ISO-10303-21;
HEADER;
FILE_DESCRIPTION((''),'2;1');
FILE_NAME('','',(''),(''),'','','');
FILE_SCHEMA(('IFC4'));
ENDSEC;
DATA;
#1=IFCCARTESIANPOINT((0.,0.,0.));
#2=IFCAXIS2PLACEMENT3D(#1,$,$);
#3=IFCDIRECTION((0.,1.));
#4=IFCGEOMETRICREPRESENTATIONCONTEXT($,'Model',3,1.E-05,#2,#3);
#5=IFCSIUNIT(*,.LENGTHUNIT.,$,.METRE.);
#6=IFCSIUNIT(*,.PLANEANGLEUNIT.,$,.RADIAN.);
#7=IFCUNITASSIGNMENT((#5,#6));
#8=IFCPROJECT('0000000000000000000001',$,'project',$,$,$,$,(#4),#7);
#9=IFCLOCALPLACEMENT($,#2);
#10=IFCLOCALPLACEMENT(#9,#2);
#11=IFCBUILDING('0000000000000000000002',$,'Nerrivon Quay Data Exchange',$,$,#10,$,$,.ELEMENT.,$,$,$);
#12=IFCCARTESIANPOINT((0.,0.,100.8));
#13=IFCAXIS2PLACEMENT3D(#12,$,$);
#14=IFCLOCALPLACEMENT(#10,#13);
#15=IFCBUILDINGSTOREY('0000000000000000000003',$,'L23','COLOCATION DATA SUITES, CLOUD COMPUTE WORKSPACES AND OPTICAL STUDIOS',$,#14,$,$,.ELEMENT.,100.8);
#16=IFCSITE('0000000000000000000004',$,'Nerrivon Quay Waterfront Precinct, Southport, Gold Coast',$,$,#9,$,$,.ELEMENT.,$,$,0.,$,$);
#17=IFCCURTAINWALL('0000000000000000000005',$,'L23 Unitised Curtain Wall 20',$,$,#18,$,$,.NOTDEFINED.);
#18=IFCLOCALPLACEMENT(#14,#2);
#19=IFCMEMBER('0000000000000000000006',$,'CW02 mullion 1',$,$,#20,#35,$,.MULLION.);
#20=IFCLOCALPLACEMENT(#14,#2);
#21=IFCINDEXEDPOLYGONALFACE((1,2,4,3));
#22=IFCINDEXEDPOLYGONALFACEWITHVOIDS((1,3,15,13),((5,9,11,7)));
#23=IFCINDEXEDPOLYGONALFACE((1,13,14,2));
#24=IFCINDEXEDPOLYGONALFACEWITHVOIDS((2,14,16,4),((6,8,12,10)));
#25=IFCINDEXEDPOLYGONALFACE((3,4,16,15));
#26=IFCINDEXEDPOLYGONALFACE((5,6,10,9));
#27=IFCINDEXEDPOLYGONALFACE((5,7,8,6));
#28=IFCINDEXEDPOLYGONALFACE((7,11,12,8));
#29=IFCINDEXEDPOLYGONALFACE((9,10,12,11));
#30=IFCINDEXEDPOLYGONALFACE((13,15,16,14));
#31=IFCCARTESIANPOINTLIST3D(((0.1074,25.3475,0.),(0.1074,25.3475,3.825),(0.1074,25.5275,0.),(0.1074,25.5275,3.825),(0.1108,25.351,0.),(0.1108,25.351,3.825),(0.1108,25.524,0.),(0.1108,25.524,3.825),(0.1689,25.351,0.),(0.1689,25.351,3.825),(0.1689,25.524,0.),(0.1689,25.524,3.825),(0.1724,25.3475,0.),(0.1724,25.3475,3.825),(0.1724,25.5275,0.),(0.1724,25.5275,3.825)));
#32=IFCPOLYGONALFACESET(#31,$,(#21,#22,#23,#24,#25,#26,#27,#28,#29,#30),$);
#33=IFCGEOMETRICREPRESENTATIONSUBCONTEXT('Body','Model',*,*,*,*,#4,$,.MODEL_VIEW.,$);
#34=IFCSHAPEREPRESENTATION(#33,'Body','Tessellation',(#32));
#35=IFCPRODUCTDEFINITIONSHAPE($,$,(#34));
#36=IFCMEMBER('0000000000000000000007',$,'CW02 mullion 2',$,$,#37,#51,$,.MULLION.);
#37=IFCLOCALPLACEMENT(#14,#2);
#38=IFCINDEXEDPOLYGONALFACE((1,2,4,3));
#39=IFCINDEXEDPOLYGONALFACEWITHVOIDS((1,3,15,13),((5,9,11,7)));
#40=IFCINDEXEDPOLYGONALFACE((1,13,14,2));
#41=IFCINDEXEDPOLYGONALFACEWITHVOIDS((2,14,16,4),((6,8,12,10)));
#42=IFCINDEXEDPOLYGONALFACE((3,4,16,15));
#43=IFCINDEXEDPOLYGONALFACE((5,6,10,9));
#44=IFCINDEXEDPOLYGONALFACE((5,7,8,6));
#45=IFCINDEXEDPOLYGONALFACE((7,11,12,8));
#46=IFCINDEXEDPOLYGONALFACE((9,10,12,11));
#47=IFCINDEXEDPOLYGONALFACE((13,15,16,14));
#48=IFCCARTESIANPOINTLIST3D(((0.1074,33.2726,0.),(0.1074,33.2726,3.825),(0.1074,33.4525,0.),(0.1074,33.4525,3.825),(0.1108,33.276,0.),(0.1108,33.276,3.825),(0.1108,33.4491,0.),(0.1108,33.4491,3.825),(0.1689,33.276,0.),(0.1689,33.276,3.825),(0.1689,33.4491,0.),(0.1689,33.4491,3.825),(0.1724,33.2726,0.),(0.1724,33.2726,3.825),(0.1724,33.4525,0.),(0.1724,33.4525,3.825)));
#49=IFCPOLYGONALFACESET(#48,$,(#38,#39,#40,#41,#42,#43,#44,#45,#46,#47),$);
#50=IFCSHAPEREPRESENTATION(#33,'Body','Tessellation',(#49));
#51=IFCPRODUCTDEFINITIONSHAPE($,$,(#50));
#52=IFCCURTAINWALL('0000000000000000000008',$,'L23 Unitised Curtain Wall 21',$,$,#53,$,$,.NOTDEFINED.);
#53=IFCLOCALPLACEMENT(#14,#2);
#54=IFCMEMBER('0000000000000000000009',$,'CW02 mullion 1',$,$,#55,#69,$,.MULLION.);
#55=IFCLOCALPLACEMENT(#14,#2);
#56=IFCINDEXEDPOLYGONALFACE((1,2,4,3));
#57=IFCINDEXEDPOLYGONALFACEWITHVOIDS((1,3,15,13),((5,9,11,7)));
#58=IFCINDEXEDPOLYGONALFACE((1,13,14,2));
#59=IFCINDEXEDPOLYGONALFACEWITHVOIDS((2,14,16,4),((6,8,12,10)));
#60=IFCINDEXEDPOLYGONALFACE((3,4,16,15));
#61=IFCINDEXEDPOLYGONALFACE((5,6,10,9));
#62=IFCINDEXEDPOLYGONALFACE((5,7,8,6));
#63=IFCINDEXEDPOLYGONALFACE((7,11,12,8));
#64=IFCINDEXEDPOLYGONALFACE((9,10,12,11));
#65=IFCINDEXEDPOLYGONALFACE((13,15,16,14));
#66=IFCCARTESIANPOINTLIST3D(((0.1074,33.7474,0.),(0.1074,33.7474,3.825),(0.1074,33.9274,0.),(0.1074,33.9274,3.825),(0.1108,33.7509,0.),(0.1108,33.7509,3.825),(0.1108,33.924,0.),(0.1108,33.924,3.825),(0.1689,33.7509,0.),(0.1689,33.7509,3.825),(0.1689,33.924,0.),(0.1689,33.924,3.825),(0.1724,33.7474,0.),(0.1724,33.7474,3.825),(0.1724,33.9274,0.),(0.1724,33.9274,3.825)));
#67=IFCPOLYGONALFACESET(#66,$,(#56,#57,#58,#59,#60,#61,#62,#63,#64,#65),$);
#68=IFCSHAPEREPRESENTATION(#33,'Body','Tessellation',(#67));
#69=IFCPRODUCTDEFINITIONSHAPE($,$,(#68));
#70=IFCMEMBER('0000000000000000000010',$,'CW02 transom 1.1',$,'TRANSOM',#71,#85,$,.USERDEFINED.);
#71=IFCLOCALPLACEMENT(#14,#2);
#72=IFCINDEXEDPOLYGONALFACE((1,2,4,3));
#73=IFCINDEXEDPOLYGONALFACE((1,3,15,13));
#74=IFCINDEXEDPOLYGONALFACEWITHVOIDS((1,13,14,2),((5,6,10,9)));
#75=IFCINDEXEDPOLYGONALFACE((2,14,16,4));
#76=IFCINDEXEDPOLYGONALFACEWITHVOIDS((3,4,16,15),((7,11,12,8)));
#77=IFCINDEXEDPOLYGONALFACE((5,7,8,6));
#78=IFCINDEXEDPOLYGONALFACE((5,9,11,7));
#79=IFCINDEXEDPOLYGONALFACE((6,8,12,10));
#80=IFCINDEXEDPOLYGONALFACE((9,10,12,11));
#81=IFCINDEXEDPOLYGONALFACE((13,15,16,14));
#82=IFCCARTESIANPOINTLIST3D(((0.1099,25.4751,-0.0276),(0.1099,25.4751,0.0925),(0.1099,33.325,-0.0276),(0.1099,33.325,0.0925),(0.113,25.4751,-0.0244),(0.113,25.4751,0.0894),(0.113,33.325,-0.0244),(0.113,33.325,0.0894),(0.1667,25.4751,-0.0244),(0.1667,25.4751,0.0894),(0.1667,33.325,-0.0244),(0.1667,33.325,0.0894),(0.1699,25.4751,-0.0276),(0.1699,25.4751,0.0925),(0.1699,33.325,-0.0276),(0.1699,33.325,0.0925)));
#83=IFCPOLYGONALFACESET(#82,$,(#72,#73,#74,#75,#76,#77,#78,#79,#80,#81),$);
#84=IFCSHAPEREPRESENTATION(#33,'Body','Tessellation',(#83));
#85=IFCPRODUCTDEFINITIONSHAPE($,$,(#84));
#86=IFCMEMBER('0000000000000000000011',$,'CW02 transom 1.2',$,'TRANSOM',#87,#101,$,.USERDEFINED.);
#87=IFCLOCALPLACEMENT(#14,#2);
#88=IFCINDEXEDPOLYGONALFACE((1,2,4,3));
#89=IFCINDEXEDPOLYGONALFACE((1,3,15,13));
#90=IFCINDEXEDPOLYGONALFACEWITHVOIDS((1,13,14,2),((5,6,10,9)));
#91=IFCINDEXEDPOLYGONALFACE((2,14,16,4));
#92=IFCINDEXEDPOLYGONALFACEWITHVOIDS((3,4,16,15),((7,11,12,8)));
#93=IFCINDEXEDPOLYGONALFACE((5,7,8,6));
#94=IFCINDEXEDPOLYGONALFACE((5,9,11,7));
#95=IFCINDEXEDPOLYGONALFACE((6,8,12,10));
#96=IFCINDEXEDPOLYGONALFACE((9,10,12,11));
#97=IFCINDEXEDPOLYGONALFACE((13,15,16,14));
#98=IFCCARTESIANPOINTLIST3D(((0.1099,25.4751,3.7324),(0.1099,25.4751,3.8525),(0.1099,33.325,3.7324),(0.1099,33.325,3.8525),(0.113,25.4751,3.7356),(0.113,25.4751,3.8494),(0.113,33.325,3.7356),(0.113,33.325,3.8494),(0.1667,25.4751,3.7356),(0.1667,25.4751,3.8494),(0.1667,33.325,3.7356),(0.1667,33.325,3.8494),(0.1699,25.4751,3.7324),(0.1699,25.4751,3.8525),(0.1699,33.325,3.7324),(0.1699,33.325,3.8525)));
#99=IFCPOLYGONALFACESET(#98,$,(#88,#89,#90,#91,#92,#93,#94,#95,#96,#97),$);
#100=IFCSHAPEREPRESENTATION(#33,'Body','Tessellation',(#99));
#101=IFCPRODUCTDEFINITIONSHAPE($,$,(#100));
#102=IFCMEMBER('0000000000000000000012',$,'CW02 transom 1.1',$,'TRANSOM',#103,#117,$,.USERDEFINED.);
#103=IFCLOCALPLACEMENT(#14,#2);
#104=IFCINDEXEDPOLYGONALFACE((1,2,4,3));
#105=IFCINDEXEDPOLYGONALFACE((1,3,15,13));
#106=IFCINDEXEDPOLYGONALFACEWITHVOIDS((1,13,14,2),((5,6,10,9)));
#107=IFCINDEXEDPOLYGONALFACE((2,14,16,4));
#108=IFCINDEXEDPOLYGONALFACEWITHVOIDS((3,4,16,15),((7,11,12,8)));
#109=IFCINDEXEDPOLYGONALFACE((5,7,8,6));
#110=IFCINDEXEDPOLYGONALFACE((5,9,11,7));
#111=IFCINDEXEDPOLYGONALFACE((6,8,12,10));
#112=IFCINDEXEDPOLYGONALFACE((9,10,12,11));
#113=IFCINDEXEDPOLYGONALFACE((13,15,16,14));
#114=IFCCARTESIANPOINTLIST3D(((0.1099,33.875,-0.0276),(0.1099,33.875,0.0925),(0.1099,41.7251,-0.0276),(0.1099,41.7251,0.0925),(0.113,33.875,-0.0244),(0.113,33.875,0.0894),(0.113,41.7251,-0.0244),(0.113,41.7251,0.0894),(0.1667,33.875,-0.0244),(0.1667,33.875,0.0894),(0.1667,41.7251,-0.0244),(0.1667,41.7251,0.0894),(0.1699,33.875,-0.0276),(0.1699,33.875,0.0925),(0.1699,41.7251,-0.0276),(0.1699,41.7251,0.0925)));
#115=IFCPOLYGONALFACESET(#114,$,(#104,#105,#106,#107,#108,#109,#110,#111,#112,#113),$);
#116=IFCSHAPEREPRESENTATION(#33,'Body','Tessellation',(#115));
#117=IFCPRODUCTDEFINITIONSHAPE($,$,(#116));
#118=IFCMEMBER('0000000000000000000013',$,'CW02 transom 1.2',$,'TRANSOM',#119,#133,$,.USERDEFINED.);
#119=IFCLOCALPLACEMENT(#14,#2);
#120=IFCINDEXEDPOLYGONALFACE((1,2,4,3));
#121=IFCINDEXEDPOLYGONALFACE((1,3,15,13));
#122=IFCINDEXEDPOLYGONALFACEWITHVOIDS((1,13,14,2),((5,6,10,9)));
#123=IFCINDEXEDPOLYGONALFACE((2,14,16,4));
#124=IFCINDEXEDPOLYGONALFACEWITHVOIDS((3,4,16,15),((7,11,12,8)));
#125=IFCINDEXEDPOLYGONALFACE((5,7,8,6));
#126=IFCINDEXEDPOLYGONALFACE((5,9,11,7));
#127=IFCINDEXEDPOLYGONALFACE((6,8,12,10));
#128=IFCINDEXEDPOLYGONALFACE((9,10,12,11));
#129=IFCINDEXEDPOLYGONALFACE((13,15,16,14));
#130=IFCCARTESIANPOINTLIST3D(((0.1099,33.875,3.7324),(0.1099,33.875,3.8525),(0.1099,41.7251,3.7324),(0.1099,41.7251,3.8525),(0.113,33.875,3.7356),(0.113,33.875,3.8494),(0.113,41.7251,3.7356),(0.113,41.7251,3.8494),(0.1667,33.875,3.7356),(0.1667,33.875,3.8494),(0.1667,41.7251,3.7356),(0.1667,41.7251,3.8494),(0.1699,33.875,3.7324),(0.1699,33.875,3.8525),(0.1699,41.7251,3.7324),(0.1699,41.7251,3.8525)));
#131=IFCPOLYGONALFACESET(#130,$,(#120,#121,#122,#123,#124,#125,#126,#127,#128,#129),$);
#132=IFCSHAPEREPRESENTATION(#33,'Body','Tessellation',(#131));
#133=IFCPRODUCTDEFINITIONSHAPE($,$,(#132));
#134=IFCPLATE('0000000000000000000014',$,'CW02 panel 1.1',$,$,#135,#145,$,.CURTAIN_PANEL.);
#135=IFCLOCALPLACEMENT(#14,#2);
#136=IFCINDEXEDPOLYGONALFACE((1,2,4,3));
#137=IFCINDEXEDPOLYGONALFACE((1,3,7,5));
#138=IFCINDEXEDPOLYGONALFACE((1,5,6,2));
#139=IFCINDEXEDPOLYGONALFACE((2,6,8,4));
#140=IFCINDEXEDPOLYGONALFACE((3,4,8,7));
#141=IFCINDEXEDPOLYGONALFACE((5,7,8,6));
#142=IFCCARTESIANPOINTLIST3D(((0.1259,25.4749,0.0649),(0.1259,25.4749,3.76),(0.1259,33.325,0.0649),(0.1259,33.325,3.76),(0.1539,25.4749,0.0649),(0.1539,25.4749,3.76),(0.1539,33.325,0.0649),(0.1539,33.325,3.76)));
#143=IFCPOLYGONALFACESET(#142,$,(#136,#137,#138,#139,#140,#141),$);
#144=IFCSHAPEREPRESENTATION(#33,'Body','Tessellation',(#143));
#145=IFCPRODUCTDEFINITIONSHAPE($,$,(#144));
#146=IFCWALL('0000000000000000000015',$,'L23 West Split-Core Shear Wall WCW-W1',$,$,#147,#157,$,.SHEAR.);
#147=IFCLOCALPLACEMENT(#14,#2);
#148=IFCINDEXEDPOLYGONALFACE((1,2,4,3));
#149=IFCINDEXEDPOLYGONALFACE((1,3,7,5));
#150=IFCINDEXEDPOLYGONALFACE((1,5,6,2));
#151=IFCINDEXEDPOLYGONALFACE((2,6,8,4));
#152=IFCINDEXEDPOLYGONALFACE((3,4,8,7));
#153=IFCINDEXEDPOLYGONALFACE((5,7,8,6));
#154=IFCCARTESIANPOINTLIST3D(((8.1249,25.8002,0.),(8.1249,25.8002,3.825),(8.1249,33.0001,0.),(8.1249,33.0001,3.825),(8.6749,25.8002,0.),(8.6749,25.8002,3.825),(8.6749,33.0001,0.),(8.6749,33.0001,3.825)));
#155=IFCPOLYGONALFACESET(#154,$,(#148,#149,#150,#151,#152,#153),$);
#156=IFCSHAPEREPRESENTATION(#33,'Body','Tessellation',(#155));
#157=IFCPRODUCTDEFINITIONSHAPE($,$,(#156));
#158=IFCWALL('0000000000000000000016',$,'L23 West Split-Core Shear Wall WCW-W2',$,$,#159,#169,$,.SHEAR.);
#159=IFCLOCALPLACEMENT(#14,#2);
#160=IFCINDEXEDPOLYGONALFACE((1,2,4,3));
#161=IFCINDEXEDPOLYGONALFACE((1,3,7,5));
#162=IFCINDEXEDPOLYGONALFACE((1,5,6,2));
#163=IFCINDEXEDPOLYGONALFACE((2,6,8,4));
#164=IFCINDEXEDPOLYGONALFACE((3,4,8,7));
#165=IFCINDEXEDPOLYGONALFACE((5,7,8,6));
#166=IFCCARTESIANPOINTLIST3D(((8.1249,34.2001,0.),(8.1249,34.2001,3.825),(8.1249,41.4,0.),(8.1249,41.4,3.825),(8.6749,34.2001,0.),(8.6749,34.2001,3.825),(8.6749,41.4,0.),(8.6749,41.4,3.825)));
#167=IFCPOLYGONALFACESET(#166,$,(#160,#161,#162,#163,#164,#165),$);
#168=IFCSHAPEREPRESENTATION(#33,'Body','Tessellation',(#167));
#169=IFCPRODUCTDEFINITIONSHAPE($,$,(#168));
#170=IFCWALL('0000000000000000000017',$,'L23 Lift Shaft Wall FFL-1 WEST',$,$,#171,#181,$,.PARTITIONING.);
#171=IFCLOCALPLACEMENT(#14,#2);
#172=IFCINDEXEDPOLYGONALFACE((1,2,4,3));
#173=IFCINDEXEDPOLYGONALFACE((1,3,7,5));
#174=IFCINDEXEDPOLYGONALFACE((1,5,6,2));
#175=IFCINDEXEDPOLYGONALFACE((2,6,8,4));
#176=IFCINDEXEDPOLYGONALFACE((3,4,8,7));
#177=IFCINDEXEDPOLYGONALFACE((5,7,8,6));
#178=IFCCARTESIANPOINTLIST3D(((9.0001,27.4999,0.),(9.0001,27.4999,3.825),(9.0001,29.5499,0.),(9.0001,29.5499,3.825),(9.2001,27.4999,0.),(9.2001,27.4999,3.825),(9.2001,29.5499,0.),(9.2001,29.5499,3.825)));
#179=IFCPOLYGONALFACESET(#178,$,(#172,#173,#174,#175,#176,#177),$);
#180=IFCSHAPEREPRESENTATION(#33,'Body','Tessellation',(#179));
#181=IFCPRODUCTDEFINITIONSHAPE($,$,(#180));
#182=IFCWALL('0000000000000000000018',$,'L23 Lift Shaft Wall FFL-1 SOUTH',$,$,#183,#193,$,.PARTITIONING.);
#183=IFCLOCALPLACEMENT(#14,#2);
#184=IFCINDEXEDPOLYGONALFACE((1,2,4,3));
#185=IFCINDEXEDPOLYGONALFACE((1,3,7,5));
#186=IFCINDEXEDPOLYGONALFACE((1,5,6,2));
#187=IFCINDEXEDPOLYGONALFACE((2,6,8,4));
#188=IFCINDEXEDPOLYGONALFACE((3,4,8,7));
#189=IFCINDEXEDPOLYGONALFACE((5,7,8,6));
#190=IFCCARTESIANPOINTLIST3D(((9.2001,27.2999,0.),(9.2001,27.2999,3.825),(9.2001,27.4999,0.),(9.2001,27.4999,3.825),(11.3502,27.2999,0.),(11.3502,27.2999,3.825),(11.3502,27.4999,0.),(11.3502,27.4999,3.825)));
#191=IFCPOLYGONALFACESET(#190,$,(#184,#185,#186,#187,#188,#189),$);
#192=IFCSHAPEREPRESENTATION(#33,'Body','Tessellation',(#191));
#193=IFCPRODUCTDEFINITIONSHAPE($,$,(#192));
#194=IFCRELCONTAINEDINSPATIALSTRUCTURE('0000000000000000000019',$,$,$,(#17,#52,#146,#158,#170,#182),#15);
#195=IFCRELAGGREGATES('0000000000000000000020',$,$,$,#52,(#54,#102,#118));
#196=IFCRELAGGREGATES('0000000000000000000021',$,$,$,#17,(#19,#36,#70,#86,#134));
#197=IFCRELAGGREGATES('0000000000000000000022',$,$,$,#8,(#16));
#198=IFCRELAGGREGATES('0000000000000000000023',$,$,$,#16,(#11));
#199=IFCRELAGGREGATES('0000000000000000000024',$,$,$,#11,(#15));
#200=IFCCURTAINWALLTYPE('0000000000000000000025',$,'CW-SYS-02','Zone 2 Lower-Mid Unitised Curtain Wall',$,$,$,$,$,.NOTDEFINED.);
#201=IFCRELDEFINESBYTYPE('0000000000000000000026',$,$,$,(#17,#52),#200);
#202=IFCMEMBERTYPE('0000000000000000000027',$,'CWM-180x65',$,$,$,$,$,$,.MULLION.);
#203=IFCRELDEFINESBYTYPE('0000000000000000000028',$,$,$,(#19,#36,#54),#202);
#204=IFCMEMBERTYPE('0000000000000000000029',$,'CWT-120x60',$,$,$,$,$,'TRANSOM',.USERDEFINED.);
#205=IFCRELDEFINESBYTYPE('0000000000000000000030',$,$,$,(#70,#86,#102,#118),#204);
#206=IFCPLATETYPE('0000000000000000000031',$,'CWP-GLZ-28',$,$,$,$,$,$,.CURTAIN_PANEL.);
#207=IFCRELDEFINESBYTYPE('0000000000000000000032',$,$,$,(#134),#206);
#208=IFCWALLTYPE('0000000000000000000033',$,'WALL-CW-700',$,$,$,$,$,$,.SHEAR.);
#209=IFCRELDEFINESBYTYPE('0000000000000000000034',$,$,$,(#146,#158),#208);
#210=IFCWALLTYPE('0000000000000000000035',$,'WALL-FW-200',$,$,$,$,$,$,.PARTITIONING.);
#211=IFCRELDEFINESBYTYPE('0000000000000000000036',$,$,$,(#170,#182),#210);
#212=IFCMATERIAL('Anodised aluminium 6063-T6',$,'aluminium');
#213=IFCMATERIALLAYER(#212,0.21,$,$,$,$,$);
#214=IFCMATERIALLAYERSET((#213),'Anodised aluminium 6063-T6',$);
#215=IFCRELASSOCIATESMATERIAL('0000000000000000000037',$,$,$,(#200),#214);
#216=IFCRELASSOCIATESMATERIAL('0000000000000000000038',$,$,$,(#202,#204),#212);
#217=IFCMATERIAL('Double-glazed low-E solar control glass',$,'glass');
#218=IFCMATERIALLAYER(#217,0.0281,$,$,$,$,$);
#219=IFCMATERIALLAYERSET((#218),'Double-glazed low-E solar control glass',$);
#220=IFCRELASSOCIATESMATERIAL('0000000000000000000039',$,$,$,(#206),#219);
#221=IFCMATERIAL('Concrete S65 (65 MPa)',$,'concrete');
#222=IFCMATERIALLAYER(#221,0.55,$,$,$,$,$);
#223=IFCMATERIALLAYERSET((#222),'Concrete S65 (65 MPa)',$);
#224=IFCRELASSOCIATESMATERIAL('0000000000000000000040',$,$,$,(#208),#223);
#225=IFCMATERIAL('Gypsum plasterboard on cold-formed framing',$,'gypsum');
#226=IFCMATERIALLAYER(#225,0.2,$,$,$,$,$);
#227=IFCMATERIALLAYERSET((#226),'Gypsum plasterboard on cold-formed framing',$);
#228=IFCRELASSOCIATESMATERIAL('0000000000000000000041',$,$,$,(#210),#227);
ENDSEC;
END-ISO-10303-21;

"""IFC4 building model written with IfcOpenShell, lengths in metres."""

from ifc_helpers import new_model, si_unit, direction, frame, frame_2d, origin, origin_2d, place, context, subcontext, project, spatial, rectangle, hollow_rectangle, extrude, material, layer, layer_set, material_profile, profile_set, type_object, element, aggregate, save


model = new_model("IFC4")

# Units and contexts
model_context = context("Model", 3, precision=1e-05, world=origin(), true_north=direction((0.0, 1.0)))
body_context = subcontext(model_context, "Body", "Model", "MODEL_VIEW")
ifc_project = project(units=[si_unit("LENGTHUNIT", "METRE"), si_unit("PLANEANGLEUNIT", "RADIAN")], contexts=[model_context])

# Site, building, storey
site_placement = place(None, origin())
site = spatial("IfcSite", under=ifc_project, at=site_placement, Name="Nerrivon Quay Waterfront Precinct, Southport, Gold Coast", CompositionType="ELEMENT", RefElevation=0.0)
building_placement = place(site_placement, origin())
building = spatial("IfcBuilding", under=site, at=building_placement, Name="Nerrivon Quay Data Exchange", CompositionType="ELEMENT")
storey_placement = place(building_placement, frame((0.0, 0.0, 100.8)))
storey = spatial("IfcBuildingStorey", under=building, at=storey_placement, Name="L23", Description="COLOCATION DATA SUITES, CLOUD COMPUTE WORKSPACES AND OPTICAL STUDIOS", CompositionType="ELEMENT", Elevation=100.8)

# Shared definitions
ifc_material_1 = material(Name="Concrete S65 (65 MPa)", Category="concrete")

# Curtain wall, members
ifc_material_2 = material(Name="Anodised aluminium 6063-T6", Category="aluminium")
ifc_layer_1 = layer(ifc_material_2, 0.21)
ifc_layer_set_1 = layer_set([ifc_layer_1], Name="Anodised aluminium 6063-T6")
curtain_wall_type = type_object("IfcCurtainWallType", Name="CW-SYS-02", Description="Zone 2 Lower-Mid Unitised Curtain Wall", PredefinedType="NOTDEFINED", material=ifc_layer_set_1)
curtain_wall_1_placement = place(storey_placement, origin())
curtain_wall_1 = element("IfcCurtainWall", 1, at=curtain_wall_1_placement, inside=storey, type_object=curtain_wall_type, Name="L23 Unitised Curtain Wall 20", PredefinedType="NOTDEFINED")
ifc_material_profile_1 = material_profile(ifc_material_2, hollow_rectangle(XDim=0.0649, YDim=0.1799, WallThickness=0.0034, at=origin_2d()), Name="ALU-MULL-180x65")
ifc_profile_set_1 = profile_set([ifc_material_profile_1], Name="Anodised aluminium 6063-T6")
member_type_1 = type_object("IfcMemberType", Name="CWM-180x65", PredefinedType="MULLION", material=ifc_profile_set_1)
member_1_placement = place(storey_placement, frame((0.1399, 25.4375, 0.0), z_axis=(0.0, 0.0, 1.0), x_axis=(-1.0, 0.0, 0.0)))
member_1 = element("IfcMember", 2, at=member_1_placement, type_object=member_type_1, Name="CW02 mullion 1", PredefinedType="MULLION", context=body_context, shape_type="SweptSolid", body=[
    extrude(hollow_rectangle(XDim=0.0649, YDim=0.1799, WallThickness=0.0034, at=origin_2d()), origin(), (0.0, 0.0, 1.0), 3.825),
])
member_2_placement = place(storey_placement, frame((0.1399, 33.3625, 0.0), z_axis=(0.0, 0.0, 1.0), x_axis=(-1.0, 0.0, 0.0)))
member_2 = element("IfcMember", 3, at=member_2_placement, type_object=member_type_1, Name="CW02 mullion 2", PredefinedType="MULLION", context=body_context, shape_type="SweptSolid", body=[
    extrude(hollow_rectangle(XDim=0.0649, YDim=0.1799, WallThickness=0.0034, at=origin_2d()), origin(), (0.0, 0.0, 1.0), 3.825),
])

# Curtain wall, member
curtain_wall_2_placement = place(storey_placement, origin())
curtain_wall_2 = element("IfcCurtainWall", 4, at=curtain_wall_2_placement, inside=storey, type_object=curtain_wall_type, Name="L23 Unitised Curtain Wall 21", PredefinedType="NOTDEFINED")
member_3_placement = place(storey_placement, frame((0.1399, 33.8374, 0.0), z_axis=(0.0, 0.0, 1.0), x_axis=(-1.0, 0.0, 0.0)))
member_3 = element("IfcMember", 5, at=member_3_placement, type_object=member_type_1, Name="CW02 mullion 1", PredefinedType="MULLION", context=body_context, shape_type="SweptSolid", body=[
    extrude(hollow_rectangle(XDim=0.0649, YDim=0.1799, WallThickness=0.0034, at=origin_2d()), origin(), (0.0, 0.0, 1.0), 3.825),
])

# Members
ifc_material_profile_2 = material_profile(ifc_material_2, hollow_rectangle(XDim=0.0601, YDim=0.1201, WallThickness=0.0032, at=origin_2d()), Name="ALU-TRAN-120x60")
ifc_profile_set_2 = profile_set([ifc_material_profile_2], Name="Anodised aluminium 6063-T6")
member_type_2 = type_object("IfcMemberType", Name="CWT-120x60", ElementType="TRANSOM", PredefinedType="USERDEFINED", material=ifc_profile_set_2)
member_4_placement = place(storey_placement, frame((0.1399, 25.4751, 0.0325), z_axis=(0.0, 1.0, 0.0), x_axis=(-1.0, 0.0, 0.0)))
member_4 = element("IfcMember", 6, at=member_4_placement, type_object=member_type_2, Name="CW02 transom 1.1", ObjectType="TRANSOM", PredefinedType="USERDEFINED", context=body_context, shape_type="SweptSolid", body=[
    extrude(hollow_rectangle(XDim=0.0601, YDim=0.1201, WallThickness=0.0032, at=origin_2d()), origin(), (0.0, 0.0, 1.0), 7.8499),
])
member_5_placement = place(storey_placement, frame((0.1399, 25.4751, 3.7925), z_axis=(0.0, 1.0, 0.0), x_axis=(-1.0, 0.0, 0.0)))
member_5 = element("IfcMember", 7, at=member_5_placement, type_object=member_type_2, Name="CW02 transom 1.2", ObjectType="TRANSOM", PredefinedType="USERDEFINED", context=body_context, shape_type="SweptSolid", body=[
    extrude(hollow_rectangle(XDim=0.0601, YDim=0.1201, WallThickness=0.0032, at=origin_2d()), origin(), (0.0, 0.0, 1.0), 7.8499),
])
member_6_placement = place(storey_placement, frame((0.1399, 33.875, 0.0325), z_axis=(0.0, 1.0, 0.0), x_axis=(-1.0, 0.0, 0.0)))
member_6 = element("IfcMember", 8, at=member_6_placement, type_object=member_type_2, Name="CW02 transom 1.1", ObjectType="TRANSOM", PredefinedType="USERDEFINED", context=body_context, shape_type="SweptSolid", body=[
    extrude(hollow_rectangle(XDim=0.0601, YDim=0.1201, WallThickness=0.0032, at=origin_2d()), origin(), (0.0, 0.0, 1.0), 7.8501),
])
member_7_placement = place(storey_placement, frame((0.1399, 33.875, 3.7925), z_axis=(0.0, 1.0, 0.0), x_axis=(-1.0, 0.0, 0.0)))
member_7 = element("IfcMember", 9, at=member_7_placement, type_object=member_type_2, Name="CW02 transom 1.2", ObjectType="TRANSOM", PredefinedType="USERDEFINED", context=body_context, shape_type="SweptSolid", body=[
    extrude(hollow_rectangle(XDim=0.0601, YDim=0.1201, WallThickness=0.0032, at=origin_2d()), origin(), (0.0, 0.0, 1.0), 7.8501),
])
aggregate(curtain_wall_2, [member_3, member_6, member_7])

# Plate
ifc_material_3 = material(Name="Double-glazed low-E solar control glass", Category="glass")
ifc_layer_2 = layer(ifc_material_3, 0.0281)
ifc_layer_set_2 = layer_set([ifc_layer_2], Name="Double-glazed low-E solar control glass")
plate_type = type_object("IfcPlateType", Name="CWP-GLZ-28", PredefinedType="CURTAIN_PANEL", material=ifc_layer_set_2)
plate_placement = place(storey_placement, frame((0.1399, 29.3999, 0.0649), z_axis=(0.0, 0.0, 1.0), x_axis=(0.0, 1.0, 0.0)))
plate = element("IfcPlate", 10, at=plate_placement, type_object=plate_type, Name="CW02 panel 1.1", PredefinedType="CURTAIN_PANEL", context=body_context, shape_type="SweptSolid", body=[
    extrude(rectangle(XDim=7.8501, YDim=0.0281, at=origin_2d()), origin(), (0.0, 0.0, 1.0), 3.6951),
])
aggregate(curtain_wall_1, [member_1, member_2, member_4, member_5, plate])

# Walls
ifc_layer_3 = layer(ifc_material_1, 0.55)
ifc_layer_set_3 = layer_set([ifc_layer_3], Name="Concrete S65 (65 MPa)")
wall_type_1 = type_object("IfcWallType", Name="WALL-CW-700", PredefinedType="SHEAR", material=ifc_layer_set_3)
for number, where, z_axis, x_axis, name in (
    (11, (8.3999, 25.8, 0.0), (0.0, 0.0, 1.0), (0.0, 1.0, 0.0), "L23 West Split-Core Shear Wall WCW-W1"),
    (12, (8.3999, 34.2, 0.0), (0.0, 0.0, 1.0), (0.0, 1.0, 0.0), "L23 West Split-Core Shear Wall WCW-W2"),
):
    element("IfcWall", number, at=place(storey_placement, frame(where, z_axis=z_axis, x_axis=x_axis)), inside=storey, type_object=wall_type_1, Name=name, PredefinedType="SHEAR", context=body_context, shape_type="SweptSolid", body=[
        extrude(rectangle(XDim=7.2, YDim=0.55, at=frame_2d((3.6001, 0.0))), origin(), (0.0, 0.0, 1.0), 3.825),
    ])
ifc_material_4 = material(Name="Gypsum plasterboard on cold-formed framing", Category="gypsum")
ifc_layer_4 = layer(ifc_material_4, 0.2)
ifc_layer_set_4 = layer_set([ifc_layer_4], Name="Gypsum plasterboard on cold-formed framing")
wall_type_2 = type_object("IfcWallType", Name="WALL-FW-200", PredefinedType="PARTITIONING", material=ifc_layer_set_4)
wall_1_placement = place(storey_placement, frame((9.1001, 27.5, 0.0), z_axis=(0.0, 0.0, 1.0), x_axis=(0.0, 1.0, 0.0)))
element("IfcWall", 13, at=wall_1_placement, inside=storey, type_object=wall_type_2, Name="L23 Lift Shaft Wall FFL-1 WEST", PredefinedType="PARTITIONING", context=body_context, shape_type="SweptSolid", body=[
    extrude(rectangle(XDim=2.05, YDim=0.2, at=frame_2d((1.0249, 0.0))), origin(), (0.0, 0.0, 1.0), 3.825),
])
wall_2_placement = place(storey_placement, frame((9.2, 27.3999, 0.0), z_axis=(0.0, 0.0, 1.0), x_axis=(1.0, 0.0, 0.0)))
element("IfcWall", 14, at=wall_2_placement, inside=storey, type_object=wall_type_2, Name="L23 Lift Shaft Wall FFL-1 SOUTH", PredefinedType="PARTITIONING", context=body_context, shape_type="SweptSolid", body=[
    extrude(rectangle(XDim=2.1501, YDim=0.2, at=frame_2d((1.0752, 0.0))), origin(), (0.0, 0.0, 1.0), 3.825),
])

save(model, "model.ifc")
